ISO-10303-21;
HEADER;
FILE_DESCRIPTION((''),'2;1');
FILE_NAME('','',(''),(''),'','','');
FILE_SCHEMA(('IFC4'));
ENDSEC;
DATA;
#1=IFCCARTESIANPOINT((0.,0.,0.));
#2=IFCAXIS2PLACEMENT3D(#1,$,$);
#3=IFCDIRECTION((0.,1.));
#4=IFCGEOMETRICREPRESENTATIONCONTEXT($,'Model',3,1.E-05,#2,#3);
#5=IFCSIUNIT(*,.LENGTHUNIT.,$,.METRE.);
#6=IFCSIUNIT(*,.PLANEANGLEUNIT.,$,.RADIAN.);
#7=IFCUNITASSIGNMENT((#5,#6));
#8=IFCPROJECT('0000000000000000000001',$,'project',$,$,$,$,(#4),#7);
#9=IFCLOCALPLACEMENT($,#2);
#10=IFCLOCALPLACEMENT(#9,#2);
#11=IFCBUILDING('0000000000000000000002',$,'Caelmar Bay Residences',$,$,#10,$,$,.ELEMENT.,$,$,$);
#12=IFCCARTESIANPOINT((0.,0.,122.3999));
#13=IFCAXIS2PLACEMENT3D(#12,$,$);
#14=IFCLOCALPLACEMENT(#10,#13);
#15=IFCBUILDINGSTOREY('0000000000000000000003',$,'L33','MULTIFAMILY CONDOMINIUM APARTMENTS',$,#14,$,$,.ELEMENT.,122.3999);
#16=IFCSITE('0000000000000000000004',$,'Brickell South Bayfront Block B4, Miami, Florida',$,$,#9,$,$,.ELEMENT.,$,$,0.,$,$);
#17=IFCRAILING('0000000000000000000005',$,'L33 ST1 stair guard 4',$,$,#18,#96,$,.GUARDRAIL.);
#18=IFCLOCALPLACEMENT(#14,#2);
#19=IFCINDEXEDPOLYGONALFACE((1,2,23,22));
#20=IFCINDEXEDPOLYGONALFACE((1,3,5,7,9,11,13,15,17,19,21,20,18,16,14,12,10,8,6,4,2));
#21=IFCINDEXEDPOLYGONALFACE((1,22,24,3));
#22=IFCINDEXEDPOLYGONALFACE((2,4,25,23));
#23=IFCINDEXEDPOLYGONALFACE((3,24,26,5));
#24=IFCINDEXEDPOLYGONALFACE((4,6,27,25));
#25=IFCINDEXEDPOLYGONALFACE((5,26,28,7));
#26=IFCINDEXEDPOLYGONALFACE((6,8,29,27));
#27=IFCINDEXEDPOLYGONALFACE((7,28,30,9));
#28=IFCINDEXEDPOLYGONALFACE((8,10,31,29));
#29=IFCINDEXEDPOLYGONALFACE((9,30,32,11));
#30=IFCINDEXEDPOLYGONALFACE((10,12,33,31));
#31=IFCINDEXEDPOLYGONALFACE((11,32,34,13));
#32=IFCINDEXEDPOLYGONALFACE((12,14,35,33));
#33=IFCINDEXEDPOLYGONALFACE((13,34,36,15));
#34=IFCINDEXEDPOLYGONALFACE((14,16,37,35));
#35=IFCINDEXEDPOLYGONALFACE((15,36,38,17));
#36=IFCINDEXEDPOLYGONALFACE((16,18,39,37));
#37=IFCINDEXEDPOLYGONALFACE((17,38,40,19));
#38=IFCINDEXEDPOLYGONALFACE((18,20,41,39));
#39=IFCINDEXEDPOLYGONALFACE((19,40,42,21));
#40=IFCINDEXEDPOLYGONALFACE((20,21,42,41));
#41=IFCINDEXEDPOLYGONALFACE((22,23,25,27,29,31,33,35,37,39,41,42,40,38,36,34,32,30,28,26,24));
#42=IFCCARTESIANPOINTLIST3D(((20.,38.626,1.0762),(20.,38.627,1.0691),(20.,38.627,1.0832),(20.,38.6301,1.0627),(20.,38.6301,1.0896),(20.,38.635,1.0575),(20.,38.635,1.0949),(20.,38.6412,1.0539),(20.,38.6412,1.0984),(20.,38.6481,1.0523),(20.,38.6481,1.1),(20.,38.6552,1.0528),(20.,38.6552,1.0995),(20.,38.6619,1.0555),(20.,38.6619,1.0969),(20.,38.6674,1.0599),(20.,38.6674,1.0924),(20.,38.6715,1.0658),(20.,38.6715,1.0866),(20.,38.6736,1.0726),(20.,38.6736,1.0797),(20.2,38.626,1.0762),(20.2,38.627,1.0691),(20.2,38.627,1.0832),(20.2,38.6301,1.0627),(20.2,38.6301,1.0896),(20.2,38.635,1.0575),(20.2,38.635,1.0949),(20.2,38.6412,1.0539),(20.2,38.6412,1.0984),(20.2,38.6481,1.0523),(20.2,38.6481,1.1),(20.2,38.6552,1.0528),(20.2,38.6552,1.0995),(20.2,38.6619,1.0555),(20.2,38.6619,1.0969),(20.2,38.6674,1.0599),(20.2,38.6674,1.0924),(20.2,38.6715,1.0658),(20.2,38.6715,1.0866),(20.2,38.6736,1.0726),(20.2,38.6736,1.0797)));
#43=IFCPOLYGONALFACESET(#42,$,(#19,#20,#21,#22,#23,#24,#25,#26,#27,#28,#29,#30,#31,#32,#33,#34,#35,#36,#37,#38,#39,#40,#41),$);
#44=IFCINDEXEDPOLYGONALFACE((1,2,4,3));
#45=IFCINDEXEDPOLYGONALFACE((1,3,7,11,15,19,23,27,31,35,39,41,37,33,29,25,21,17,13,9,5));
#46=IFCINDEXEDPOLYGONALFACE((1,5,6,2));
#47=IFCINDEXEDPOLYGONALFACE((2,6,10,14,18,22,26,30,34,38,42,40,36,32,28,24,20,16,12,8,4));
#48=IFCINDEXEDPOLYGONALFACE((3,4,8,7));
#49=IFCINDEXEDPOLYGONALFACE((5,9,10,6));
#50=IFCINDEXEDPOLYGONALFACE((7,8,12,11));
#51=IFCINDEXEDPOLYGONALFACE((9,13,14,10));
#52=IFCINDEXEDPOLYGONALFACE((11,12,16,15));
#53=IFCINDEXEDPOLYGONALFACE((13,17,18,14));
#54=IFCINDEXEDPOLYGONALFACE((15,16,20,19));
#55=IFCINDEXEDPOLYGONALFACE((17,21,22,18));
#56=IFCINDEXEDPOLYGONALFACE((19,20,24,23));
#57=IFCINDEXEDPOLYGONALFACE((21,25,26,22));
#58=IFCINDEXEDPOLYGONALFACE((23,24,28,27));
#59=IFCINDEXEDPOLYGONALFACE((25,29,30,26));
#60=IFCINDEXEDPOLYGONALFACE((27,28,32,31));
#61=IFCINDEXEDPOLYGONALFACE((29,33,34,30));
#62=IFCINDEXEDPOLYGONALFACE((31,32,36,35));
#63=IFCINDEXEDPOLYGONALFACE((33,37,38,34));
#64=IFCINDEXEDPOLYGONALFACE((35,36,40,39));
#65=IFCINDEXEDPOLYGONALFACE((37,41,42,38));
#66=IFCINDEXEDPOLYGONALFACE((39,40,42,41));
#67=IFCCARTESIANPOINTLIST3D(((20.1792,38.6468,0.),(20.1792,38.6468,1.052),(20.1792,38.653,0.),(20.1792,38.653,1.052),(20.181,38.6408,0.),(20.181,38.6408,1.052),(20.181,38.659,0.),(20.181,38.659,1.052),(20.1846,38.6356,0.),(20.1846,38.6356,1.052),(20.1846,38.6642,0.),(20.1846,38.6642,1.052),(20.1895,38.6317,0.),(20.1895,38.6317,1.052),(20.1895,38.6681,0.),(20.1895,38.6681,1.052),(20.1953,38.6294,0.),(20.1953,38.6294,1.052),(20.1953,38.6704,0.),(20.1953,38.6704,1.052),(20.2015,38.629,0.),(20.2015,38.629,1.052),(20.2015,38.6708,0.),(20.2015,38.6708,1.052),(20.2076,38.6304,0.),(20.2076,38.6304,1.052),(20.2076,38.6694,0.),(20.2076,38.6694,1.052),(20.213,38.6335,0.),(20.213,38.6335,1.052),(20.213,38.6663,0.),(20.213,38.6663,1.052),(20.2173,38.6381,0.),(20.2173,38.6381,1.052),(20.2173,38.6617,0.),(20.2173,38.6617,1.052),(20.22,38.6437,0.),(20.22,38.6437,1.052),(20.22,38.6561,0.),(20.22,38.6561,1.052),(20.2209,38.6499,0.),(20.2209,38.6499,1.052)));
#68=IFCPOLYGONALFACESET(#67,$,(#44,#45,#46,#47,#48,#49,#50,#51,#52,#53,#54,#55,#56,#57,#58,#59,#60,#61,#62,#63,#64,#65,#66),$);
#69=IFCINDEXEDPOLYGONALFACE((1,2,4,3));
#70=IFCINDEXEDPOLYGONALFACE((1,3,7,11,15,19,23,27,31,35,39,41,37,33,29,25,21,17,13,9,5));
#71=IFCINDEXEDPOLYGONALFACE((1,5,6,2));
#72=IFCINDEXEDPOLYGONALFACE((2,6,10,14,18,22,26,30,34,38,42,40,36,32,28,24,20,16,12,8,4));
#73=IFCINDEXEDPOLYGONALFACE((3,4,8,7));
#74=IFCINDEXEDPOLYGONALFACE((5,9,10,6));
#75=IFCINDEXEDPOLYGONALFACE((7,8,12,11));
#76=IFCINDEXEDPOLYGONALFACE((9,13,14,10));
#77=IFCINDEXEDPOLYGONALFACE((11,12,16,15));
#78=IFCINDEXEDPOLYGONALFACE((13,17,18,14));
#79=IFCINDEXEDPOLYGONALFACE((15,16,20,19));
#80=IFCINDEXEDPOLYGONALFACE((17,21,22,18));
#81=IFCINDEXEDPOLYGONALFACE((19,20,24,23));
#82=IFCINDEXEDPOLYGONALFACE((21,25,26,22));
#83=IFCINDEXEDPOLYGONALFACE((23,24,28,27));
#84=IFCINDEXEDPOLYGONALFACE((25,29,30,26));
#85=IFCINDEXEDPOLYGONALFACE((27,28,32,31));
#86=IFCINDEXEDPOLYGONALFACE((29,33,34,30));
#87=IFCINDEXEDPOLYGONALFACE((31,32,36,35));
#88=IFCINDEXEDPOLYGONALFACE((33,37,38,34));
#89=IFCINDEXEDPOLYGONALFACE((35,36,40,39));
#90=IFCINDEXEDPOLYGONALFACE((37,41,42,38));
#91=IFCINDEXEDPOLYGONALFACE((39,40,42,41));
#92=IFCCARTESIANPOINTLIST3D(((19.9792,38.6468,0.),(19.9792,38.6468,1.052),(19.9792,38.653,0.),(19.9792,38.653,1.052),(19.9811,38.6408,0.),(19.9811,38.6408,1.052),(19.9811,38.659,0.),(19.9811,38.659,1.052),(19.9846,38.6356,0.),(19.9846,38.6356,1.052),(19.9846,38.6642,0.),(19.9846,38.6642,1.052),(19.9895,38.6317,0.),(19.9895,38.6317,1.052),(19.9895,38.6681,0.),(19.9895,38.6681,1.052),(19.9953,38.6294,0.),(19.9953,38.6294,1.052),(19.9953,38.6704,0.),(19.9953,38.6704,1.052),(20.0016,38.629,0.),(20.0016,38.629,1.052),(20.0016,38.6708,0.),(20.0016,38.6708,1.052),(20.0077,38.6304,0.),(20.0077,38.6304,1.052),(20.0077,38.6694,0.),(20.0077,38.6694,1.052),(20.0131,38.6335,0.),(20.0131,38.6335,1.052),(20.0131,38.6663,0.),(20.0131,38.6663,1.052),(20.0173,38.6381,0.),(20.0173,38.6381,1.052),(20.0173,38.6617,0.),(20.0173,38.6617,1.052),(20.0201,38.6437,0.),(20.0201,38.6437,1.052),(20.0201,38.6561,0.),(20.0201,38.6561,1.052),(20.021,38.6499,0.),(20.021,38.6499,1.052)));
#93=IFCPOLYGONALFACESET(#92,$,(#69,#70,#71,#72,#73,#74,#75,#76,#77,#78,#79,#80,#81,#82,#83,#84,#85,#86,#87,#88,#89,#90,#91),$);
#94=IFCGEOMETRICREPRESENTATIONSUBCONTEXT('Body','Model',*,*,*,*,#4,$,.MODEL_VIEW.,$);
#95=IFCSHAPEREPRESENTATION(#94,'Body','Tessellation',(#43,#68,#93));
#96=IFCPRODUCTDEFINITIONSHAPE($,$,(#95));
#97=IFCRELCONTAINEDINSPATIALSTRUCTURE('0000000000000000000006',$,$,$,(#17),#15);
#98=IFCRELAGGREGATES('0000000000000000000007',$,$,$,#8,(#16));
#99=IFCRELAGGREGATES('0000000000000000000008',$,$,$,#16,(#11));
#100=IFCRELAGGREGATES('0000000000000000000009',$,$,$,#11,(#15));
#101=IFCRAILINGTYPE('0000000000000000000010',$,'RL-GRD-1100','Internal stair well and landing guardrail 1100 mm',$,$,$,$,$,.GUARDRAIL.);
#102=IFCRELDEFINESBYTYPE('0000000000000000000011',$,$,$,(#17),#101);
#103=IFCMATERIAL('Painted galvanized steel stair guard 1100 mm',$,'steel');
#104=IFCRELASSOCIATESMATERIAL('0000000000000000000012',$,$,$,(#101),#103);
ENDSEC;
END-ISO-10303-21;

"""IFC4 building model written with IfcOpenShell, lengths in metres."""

from ifc_helpers import new_model, si_unit, direction, frame, origin, origin_2d, place, context, subcontext, project, spatial, circle, extrude, material, type_object, element, save


model = new_model("IFC4")

# Units and contexts
model_context = context("Model", 3, precision=1e-05, world=origin(), true_north=direction((0.0, 1.0)))
body_context = subcontext(model_context, "Body", "Model", "MODEL_VIEW")
ifc_project = project(units=[si_unit("LENGTHUNIT", "METRE"), si_unit("PLANEANGLEUNIT", "RADIAN")], contexts=[model_context])

# Site, building, storey
site_placement = place(None, origin())
site = spatial("IfcSite", under=ifc_project, at=site_placement, Name="Brickell South Bayfront Block B4, Miami, Florida", CompositionType="ELEMENT", RefElevation=0.0)
building_placement = place(site_placement, origin())
building = spatial("IfcBuilding", under=site, at=building_placement, Name="Caelmar Bay Residences", CompositionType="ELEMENT")
storey_placement = place(building_placement, frame((0.0, 0.0, 122.3999)))
storey = spatial("IfcBuildingStorey", under=building, at=storey_placement, Name="L33", Description="MULTIFAMILY CONDOMINIUM APARTMENTS", CompositionType="ELEMENT", Elevation=122.3999)

# Railing
ifc_material_1 = material(Name="Painted galvanized steel stair guard 1100 mm", Category="steel")
railing_type_1 = type_object("IfcRailingType", Name="RL-GRD-1100", Description="Internal stair well and landing guardrail 1100 mm", PredefinedType="GUARDRAIL", material=ifc_material_1)
railing_1_placement = place(storey_placement, frame((20.2, 38.6499, 0.0)))
element("IfcRailing", 1, at=railing_1_placement, inside=storey, type_object=railing_type_1, Name="L33 ST1 stair guard 4", PredefinedType="GUARDRAIL", context=body_context, shape_type="SweptSolid", body=[
    extrude(circle(Radius=0.0239, at=origin_2d()), frame((0.0, 0.0, 1.0762), z_axis=(-1.0, 0.0, 0.0), x_axis=(0.0, -1.0, 0.0)), (0.0, 0.0, 1.0), 0.2),
    extrude(circle(Radius=0.021, at=origin_2d()), origin(), (0.0, 0.0, 1.0), 1.052),
    extrude(circle(Radius=0.021, at=origin_2d()), frame((-0.2, 0.0, 0.0)), (0.0, 0.0, 1.0), 1.052),
])

save(model, "model.ifc")
